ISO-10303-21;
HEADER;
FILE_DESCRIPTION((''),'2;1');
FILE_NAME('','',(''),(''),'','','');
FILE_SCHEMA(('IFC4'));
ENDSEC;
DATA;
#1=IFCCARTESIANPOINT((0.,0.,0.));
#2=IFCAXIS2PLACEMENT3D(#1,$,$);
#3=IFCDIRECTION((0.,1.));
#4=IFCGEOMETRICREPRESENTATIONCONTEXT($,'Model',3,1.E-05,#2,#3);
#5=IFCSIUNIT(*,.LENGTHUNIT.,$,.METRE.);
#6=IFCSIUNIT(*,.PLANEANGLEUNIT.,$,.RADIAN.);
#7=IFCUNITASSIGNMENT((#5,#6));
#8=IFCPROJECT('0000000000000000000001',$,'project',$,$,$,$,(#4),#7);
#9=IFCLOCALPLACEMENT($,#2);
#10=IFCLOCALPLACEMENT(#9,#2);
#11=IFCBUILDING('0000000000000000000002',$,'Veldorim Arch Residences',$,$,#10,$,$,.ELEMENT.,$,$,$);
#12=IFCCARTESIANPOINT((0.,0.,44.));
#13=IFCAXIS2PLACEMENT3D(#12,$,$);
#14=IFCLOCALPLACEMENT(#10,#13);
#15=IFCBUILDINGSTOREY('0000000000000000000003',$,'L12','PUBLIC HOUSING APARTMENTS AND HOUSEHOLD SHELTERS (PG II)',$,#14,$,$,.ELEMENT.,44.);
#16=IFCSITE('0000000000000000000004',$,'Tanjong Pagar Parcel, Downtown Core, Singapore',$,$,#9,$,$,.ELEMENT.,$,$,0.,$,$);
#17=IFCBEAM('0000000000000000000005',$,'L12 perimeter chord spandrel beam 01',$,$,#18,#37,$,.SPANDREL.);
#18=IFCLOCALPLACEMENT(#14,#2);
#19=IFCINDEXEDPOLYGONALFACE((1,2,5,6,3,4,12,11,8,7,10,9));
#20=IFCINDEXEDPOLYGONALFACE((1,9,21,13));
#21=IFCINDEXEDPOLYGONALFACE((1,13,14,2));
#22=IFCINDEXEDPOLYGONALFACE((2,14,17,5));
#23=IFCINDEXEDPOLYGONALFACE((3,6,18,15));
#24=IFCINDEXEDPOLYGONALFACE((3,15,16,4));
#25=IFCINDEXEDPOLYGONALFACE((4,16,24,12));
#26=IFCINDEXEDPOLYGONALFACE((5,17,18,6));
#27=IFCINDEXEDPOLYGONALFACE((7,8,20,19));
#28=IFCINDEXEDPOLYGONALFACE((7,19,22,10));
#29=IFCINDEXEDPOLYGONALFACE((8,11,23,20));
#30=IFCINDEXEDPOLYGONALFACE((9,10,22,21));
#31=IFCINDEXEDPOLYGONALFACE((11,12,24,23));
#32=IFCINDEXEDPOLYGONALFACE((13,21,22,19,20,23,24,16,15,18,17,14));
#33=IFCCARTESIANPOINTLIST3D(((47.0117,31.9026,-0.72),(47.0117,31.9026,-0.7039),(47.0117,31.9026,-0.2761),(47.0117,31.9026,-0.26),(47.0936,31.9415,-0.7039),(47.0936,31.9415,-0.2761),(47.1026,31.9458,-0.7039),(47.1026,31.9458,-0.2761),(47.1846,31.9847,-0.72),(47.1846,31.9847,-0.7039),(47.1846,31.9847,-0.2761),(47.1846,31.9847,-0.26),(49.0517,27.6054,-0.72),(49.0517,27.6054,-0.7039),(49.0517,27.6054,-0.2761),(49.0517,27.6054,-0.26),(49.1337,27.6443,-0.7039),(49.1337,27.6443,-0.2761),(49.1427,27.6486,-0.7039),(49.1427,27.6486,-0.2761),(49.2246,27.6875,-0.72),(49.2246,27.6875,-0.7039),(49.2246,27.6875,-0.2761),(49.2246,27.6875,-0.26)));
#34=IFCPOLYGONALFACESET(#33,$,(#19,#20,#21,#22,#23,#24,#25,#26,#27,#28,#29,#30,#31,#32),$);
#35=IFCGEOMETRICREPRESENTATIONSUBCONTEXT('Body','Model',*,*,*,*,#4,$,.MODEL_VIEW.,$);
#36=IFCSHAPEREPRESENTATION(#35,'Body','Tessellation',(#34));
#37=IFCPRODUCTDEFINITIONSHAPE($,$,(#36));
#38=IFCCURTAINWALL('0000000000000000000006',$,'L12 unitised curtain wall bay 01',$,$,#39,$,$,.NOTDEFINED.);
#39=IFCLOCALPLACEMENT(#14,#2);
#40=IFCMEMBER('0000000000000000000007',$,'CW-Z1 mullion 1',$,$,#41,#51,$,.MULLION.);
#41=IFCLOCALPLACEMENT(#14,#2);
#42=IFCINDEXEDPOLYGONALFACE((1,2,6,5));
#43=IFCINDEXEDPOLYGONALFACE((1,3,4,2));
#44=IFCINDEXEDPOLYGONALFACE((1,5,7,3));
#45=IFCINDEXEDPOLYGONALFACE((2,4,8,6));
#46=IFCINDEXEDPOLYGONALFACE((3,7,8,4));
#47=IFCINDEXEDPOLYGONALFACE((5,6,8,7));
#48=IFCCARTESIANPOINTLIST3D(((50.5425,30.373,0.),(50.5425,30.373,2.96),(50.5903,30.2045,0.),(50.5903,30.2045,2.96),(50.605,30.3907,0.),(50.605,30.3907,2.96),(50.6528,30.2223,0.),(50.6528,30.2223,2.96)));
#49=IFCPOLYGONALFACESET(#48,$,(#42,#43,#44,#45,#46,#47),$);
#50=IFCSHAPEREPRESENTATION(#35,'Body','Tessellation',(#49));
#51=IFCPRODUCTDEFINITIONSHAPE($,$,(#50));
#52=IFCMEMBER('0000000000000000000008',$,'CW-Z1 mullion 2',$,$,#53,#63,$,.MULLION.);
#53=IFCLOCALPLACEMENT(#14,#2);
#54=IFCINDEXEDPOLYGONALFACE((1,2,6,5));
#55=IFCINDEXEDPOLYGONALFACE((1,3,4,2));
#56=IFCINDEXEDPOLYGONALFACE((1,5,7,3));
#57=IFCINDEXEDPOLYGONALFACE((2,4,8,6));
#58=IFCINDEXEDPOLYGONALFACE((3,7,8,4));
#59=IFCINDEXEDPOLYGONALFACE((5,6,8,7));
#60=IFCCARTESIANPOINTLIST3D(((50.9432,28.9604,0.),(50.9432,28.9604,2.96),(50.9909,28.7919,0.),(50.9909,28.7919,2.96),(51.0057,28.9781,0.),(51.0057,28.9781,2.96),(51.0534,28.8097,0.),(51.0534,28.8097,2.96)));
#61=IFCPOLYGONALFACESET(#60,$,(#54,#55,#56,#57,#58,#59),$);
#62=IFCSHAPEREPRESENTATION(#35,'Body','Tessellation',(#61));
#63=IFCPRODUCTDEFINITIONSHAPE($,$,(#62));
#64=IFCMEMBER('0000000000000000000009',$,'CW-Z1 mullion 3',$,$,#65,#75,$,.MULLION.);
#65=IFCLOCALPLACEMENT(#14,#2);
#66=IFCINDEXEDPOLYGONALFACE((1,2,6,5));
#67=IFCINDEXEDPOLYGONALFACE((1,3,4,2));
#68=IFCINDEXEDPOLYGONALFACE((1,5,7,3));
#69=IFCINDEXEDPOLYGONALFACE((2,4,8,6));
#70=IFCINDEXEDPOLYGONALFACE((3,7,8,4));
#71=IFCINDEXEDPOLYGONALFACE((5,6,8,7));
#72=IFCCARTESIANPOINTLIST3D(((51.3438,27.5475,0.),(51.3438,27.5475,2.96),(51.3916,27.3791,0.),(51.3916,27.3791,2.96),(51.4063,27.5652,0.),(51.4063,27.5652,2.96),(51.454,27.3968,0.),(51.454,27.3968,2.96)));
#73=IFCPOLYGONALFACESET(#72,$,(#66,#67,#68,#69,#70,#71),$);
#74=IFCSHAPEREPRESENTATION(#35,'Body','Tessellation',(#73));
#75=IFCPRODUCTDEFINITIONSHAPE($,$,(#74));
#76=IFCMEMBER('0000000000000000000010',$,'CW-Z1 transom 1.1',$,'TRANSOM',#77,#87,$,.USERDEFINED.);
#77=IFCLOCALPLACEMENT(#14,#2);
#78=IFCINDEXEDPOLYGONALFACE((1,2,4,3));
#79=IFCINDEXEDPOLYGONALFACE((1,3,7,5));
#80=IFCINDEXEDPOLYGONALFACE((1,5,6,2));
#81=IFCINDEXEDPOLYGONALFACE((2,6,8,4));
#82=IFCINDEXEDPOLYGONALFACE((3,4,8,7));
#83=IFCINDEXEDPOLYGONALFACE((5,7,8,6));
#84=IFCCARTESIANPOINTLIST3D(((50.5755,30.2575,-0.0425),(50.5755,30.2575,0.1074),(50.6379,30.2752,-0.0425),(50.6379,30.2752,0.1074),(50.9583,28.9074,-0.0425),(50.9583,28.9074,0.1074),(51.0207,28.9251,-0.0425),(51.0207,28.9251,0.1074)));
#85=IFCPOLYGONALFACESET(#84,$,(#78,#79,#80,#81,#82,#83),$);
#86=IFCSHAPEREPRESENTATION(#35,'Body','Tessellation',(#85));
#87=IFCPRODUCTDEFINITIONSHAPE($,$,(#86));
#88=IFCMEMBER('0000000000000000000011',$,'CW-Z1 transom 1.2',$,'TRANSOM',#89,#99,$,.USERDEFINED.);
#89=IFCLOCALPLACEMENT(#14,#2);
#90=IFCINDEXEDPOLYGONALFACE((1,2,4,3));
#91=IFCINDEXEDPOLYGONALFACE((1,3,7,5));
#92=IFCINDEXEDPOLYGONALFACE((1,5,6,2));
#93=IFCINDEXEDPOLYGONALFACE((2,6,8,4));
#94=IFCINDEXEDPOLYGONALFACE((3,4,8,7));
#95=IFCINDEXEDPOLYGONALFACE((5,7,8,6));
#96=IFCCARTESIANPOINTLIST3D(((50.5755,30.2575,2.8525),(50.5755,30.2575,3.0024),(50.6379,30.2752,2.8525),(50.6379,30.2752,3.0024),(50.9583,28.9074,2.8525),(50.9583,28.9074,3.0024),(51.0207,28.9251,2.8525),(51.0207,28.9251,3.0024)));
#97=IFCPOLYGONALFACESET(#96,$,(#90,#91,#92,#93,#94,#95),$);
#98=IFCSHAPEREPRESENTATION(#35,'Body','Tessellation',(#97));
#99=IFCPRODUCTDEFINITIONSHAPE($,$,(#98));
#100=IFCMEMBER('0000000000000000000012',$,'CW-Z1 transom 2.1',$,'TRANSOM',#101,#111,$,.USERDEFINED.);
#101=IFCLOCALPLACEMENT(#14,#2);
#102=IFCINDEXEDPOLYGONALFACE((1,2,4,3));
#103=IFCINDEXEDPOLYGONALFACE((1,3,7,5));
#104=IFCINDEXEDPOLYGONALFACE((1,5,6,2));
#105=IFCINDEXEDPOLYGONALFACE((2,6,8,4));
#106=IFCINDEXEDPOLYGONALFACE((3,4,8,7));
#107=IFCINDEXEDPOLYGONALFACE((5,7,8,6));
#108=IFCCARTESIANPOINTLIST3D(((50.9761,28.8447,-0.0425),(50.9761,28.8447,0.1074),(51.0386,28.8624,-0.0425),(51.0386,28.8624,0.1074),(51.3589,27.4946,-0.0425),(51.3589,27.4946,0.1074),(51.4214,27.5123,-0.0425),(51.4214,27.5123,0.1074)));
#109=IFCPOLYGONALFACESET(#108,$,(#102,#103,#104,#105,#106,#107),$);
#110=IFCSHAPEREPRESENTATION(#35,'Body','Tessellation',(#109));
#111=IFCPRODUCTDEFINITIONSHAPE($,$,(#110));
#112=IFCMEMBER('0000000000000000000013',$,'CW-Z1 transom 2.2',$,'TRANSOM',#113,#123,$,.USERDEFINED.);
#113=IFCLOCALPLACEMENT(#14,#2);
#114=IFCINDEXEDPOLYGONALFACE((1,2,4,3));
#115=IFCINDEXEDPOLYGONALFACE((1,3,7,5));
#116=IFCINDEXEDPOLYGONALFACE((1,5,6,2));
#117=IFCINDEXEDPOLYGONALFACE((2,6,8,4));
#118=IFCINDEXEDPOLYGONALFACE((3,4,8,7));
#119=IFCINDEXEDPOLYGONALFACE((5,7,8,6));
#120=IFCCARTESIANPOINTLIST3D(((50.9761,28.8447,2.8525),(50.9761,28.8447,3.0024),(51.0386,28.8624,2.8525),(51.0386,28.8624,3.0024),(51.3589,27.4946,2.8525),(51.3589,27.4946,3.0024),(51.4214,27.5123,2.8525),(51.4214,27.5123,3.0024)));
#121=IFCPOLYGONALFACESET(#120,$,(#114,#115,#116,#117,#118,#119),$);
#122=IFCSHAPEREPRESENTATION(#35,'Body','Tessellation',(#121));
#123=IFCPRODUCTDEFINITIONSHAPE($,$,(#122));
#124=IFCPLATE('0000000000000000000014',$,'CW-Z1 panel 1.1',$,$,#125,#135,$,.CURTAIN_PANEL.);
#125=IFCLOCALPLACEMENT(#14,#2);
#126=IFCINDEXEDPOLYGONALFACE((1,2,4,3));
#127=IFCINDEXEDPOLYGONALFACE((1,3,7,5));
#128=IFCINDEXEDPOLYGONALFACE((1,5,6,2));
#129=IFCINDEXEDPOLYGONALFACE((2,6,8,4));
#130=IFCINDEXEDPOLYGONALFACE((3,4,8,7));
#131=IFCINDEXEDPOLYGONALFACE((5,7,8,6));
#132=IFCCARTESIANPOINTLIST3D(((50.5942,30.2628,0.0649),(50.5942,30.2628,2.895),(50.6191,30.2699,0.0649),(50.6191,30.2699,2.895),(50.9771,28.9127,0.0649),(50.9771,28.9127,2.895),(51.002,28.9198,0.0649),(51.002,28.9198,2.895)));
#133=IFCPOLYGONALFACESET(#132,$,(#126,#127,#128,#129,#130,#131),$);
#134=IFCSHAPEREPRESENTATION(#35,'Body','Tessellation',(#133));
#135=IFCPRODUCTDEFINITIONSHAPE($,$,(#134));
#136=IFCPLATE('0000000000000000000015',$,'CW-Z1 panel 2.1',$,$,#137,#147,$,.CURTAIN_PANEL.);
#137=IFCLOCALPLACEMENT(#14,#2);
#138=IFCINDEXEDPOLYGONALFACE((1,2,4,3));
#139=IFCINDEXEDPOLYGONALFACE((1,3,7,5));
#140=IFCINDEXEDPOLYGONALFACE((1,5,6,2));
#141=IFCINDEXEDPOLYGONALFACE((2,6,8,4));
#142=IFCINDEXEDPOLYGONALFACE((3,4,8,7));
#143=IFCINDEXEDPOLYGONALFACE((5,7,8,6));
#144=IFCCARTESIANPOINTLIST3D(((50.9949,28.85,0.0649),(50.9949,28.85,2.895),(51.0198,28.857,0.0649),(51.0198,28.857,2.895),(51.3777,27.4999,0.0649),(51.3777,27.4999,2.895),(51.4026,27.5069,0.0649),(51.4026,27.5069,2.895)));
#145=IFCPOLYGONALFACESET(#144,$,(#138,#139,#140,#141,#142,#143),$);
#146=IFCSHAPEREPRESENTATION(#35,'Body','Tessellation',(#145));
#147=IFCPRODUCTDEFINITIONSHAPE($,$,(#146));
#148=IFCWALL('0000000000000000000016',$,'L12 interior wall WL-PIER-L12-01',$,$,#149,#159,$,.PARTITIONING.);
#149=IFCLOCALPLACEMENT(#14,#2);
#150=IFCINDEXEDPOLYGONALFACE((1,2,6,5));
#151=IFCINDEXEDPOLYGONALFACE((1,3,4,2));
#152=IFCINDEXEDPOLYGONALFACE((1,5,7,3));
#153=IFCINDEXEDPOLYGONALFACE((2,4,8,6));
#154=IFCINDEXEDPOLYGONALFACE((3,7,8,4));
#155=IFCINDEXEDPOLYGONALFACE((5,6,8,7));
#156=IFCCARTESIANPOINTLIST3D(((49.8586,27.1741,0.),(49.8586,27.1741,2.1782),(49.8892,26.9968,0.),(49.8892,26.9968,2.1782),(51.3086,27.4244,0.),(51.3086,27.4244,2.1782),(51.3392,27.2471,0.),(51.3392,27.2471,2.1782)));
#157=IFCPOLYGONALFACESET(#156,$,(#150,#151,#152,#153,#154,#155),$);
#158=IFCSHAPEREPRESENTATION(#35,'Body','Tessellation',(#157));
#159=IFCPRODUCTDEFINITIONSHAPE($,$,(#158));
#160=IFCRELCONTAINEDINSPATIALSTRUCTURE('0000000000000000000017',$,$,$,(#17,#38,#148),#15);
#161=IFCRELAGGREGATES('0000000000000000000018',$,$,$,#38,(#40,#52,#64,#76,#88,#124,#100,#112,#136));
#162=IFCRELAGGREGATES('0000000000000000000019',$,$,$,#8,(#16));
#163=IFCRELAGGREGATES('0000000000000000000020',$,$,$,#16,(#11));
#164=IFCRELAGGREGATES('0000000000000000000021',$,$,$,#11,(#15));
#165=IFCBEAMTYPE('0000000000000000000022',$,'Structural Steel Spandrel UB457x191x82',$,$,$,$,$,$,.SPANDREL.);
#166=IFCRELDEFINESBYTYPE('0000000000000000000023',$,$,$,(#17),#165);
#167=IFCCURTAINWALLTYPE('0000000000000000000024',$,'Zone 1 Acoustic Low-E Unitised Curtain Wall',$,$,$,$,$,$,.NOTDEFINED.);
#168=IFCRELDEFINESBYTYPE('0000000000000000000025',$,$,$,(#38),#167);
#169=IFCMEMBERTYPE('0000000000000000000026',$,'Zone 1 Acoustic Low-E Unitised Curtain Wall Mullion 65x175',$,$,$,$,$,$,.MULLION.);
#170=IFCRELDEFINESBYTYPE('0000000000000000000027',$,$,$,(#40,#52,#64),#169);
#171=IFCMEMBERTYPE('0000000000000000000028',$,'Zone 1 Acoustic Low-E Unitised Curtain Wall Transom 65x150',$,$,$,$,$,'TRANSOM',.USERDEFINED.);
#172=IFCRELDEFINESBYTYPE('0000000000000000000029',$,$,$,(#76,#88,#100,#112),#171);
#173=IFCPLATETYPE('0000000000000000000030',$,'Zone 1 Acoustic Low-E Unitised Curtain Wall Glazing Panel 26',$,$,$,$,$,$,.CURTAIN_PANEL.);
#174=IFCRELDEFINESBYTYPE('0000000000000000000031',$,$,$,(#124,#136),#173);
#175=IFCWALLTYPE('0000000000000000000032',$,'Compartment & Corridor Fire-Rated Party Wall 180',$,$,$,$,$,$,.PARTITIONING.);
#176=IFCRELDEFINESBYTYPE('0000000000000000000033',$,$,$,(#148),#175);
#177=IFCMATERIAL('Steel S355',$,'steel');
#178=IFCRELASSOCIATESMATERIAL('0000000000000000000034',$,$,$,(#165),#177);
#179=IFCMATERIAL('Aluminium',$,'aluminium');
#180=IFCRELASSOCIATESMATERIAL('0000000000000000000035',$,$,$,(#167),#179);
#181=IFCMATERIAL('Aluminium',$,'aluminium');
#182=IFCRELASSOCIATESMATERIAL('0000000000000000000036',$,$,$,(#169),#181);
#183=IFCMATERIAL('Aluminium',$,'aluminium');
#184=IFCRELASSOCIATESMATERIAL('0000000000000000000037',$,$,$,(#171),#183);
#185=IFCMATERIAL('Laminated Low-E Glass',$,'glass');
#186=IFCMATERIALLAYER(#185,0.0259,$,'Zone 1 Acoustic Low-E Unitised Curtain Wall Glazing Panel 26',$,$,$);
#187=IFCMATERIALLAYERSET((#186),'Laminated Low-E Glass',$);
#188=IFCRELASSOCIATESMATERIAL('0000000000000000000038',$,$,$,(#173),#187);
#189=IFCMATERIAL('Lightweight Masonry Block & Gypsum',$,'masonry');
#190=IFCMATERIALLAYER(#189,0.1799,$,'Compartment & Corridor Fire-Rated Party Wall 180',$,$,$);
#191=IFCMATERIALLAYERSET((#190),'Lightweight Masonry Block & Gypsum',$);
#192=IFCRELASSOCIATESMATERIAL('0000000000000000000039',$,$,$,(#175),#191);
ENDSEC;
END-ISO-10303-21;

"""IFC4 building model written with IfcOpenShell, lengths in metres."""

from ifc_helpers import new_model, si_unit, direction, frame, frame_2d, origin, origin_2d, place, context, subcontext, project, spatial, rectangle, i_section, extrude, material, layer, layer_set, material_profile, profile_set, type_object, element, aggregate, save


model = new_model("IFC4")

# Units and contexts
model_context = context("Model", 3, precision=1e-05, world=origin(), true_north=direction((0.0, 1.0)))
body_context = subcontext(model_context, "Body", "Model", "MODEL_VIEW")
ifc_project = project(units=[si_unit("LENGTHUNIT", "METRE"), si_unit("PLANEANGLEUNIT", "RADIAN")], contexts=[model_context])

# Site, building, storey
site_placement = place(None, origin())
site = spatial("IfcSite", under=ifc_project, at=site_placement, Name="Tanjong Pagar Parcel, Downtown Core, Singapore", CompositionType="ELEMENT", RefElevation=0.0)
building_placement = place(site_placement, origin())
building = spatial("IfcBuilding", under=site, at=building_placement, Name="Veldorim Arch Residences", CompositionType="ELEMENT")
storey_placement = place(building_placement, frame((0.0, 0.0, 44.0)))
storey = spatial("IfcBuildingStorey", under=building, at=storey_placement, Name="L12", Description="PUBLIC HOUSING APARTMENTS AND HOUSEHOLD SHELTERS (PG II)", CompositionType="ELEMENT", Elevation=44.0)

# Beam
ifc_material_1 = material(Name="Steel S355", Category="steel")
ifc_material_profile_1 = material_profile(ifc_material_1, i_section(OverallWidth=0.1914, OverallDepth=0.46, WebThickness=0.01, FlangeThickness=0.0161, at=origin_2d()), Name="UB457x191x82")
ifc_profile_set_1 = profile_set([ifc_material_profile_1], Name="Steel S355")
beam_type_1 = type_object("IfcBeamType", Name="Structural Steel Spandrel UB457x191x82", PredefinedType="SPANDREL", material=ifc_profile_set_1)
beam_1_placement = place(storey_placement, frame((49.1382, 27.6465, -0.49), z_axis=(-0.428869, 0.903366, 0.0), x_axis=(-0.903366, -0.428869, 0.0)))
element("IfcBeam", 1, at=beam_1_placement, inside=storey, type_object=beam_type_1, Name="L12 perimeter chord spandrel beam 01", PredefinedType="SPANDREL", context=body_context, shape_type="SweptSolid", body=[
    extrude(i_section(OverallWidth=0.1914, OverallDepth=0.46, WebThickness=0.01, FlangeThickness=0.0161, at=origin_2d()), origin(), (0.0, 0.0, 1.0), 4.7568),
])

# Curtain wall, members, plates
ifc_material_2 = material(Name="Aluminium", Category="aluminium")
curtain_wall_type = type_object("IfcCurtainWallType", Name="Zone 1 Acoustic Low-E Unitised Curtain Wall", PredefinedType="NOTDEFINED", material=ifc_material_2)
curtain_wall_placement = place(storey_placement, origin())
curtain_wall = element("IfcCurtainWall", 2, at=curtain_wall_placement, inside=storey, type_object=curtain_wall_type, Name="L12 unitised curtain wall bay 01", PredefinedType="NOTDEFINED")
ifc_material_3 = material(Name="Aluminium", Category="aluminium")
ifc_material_profile_2 = material_profile(ifc_material_3, rectangle(XDim=0.0649, YDim=0.175, at=origin_2d()), Name="ALU_MUL_65x175")
ifc_profile_set_2 = profile_set([ifc_material_profile_2], Name="Aluminium")
member_type_1 = type_object("IfcMemberType", Name="Zone 1 Acoustic Low-E Unitised Curtain Wall Mullion 65x175", PredefinedType="MULLION", material=ifc_profile_set_2)
member_1_placement = place(storey_placement, frame((50.5977, 30.2976, 0.0), z_axis=(0.0, 0.0, 1.0), x_axis=(0.962071, 0.272798, 0.0)))
member_1 = element("IfcMember", 3, at=member_1_placement, type_object=member_type_1, Name="CW-Z1 mullion 1", PredefinedType="MULLION", context=body_context, shape_type="SweptSolid", body=[
    extrude(rectangle(XDim=0.0649, YDim=0.175, at=origin_2d()), origin(), (0.0, 0.0, 1.0), 2.96),
])
member_2_placement = place(storey_placement, frame((50.9983, 28.885, 0.0), z_axis=(0.0, 0.0, 1.0), x_axis=(0.962071, 0.272798, 0.0)))
member_2 = element("IfcMember", 4, at=member_2_placement, type_object=member_type_1, Name="CW-Z1 mullion 2", PredefinedType="MULLION", context=body_context, shape_type="SweptSolid", body=[
    extrude(rectangle(XDim=0.0649, YDim=0.175, at=origin_2d()), origin(), (0.0, 0.0, 1.0), 2.96),
])
member_3_placement = place(storey_placement, frame((51.3989, 27.4722, 0.0), z_axis=(0.0, 0.0, 1.0), x_axis=(0.962071, 0.272798, 0.0)))
member_3 = element("IfcMember", 5, at=member_3_placement, type_object=member_type_1, Name="CW-Z1 mullion 3", PredefinedType="MULLION", context=body_context, shape_type="SweptSolid", body=[
    extrude(rectangle(XDim=0.0649, YDim=0.175, at=origin_2d()), origin(), (0.0, 0.0, 1.0), 2.96),
])
ifc_material_4 = material(Name="Aluminium", Category="aluminium")
ifc_material_profile_3 = material_profile(ifc_material_4, rectangle(XDim=0.0649, YDim=0.1499, at=origin_2d()), Name="ALU_TRN_65x150")
ifc_profile_set_3 = profile_set([ifc_material_profile_3], Name="Aluminium")
member_type_2 = type_object("IfcMemberType", Name="Zone 1 Acoustic Low-E Unitised Curtain Wall Transom 65x150", ElementType="TRANSOM", PredefinedType="USERDEFINED", material=ifc_profile_set_3)
member_4_placement = place(storey_placement, frame((50.6067, 30.2664, 0.0325), z_axis=(0.27279, -0.962073, 0.0), x_axis=(0.962073, 0.27279, 0.0)))
member_4 = element("IfcMember", 6, at=member_4_placement, type_object=member_type_2, Name="CW-Z1 transom 1.1", ObjectType="TRANSOM", PredefinedType="USERDEFINED", context=body_context, shape_type="SweptSolid", body=[
    extrude(rectangle(XDim=0.0649, YDim=0.1499, at=origin_2d()), origin(), (0.0, 0.0, 1.0), 1.4033),
])
member_5_placement = place(storey_placement, frame((50.6067, 30.2664, 2.9275), z_axis=(0.27279, -0.962073, 0.0), x_axis=(0.962073, 0.27279, 0.0)))
member_5 = element("IfcMember", 7, at=member_5_placement, type_object=member_type_2, Name="CW-Z1 transom 1.2", ObjectType="TRANSOM", PredefinedType="USERDEFINED", context=body_context, shape_type="SweptSolid", body=[
    extrude(rectangle(XDim=0.0649, YDim=0.1499, at=origin_2d()), origin(), (0.0, 0.0, 1.0), 1.4033),
])
member_6_placement = place(storey_placement, frame((51.0073, 28.8535, 0.0325), z_axis=(0.27279, -0.962073, 0.0), x_axis=(0.962073, 0.27279, 0.0)))
member_6 = element("IfcMember", 8, at=member_6_placement, type_object=member_type_2, Name="CW-Z1 transom 2.1", ObjectType="TRANSOM", PredefinedType="USERDEFINED", context=body_context, shape_type="SweptSolid", body=[
    extrude(rectangle(XDim=0.0649, YDim=0.1499, at=origin_2d()), origin(), (0.0, 0.0, 1.0), 1.4033),
])
member_7_placement = place(storey_placement, frame((51.0073, 28.8535, 2.9275), z_axis=(0.27279, -0.962073, 0.0), x_axis=(0.962073, 0.27279, 0.0)))
member_7 = element("IfcMember", 9, at=member_7_placement, type_object=member_type_2, Name="CW-Z1 transom 2.2", ObjectType="TRANSOM", PredefinedType="USERDEFINED", context=body_context, shape_type="SweptSolid", body=[
    extrude(rectangle(XDim=0.0649, YDim=0.1499, at=origin_2d()), origin(), (0.0, 0.0, 1.0), 1.4033),
])
ifc_material_5 = material(Name="Laminated Low-E Glass", Category="glass")
ifc_layer_1 = layer(ifc_material_5, 0.0259, Name="Zone 1 Acoustic Low-E Unitised Curtain Wall Glazing Panel 26")
ifc_layer_set_1 = layer_set([ifc_layer_1], Name="Laminated Low-E Glass")
plate_type = type_object("IfcPlateType", Name="Zone 1 Acoustic Low-E Unitised Curtain Wall Glazing Panel 26", PredefinedType="CURTAIN_PANEL", material=ifc_layer_set_1)
plate_1_placement = place(storey_placement, frame((50.7981, 29.5913, 0.0649), z_axis=(0.0, 0.0, 1.0), x_axis=(0.272798, -0.962071, 0.0)))
plate_1 = element("IfcPlate", 10, at=plate_1_placement, type_object=plate_type, Name="CW-Z1 panel 1.1", PredefinedType="CURTAIN_PANEL", context=body_context, shape_type="SweptSolid", body=[
    extrude(rectangle(XDim=1.4033, YDim=0.0259, at=origin_2d()), origin(), (0.0, 0.0, 1.0), 2.8301),
])
plate_2_placement = place(storey_placement, frame((51.1987, 28.1785, 0.0649), z_axis=(0.0, 0.0, 1.0), x_axis=(0.272798, -0.962071, 0.0)))
plate_2 = element("IfcPlate", 11, at=plate_2_placement, type_object=plate_type, Name="CW-Z1 panel 2.1", PredefinedType="CURTAIN_PANEL", context=body_context, shape_type="SweptSolid", body=[
    extrude(rectangle(XDim=1.4033, YDim=0.0259, at=origin_2d()), origin(), (0.0, 0.0, 1.0), 2.8301),
])
aggregate(curtain_wall, [member_1, member_2, member_3, member_4, member_5, plate_1, member_6, member_7, plate_2])

# Wall
ifc_material_6 = material(Name="Lightweight Masonry Block & Gypsum", Category="masonry")
ifc_layer_2 = layer(ifc_material_6, 0.1799, Name="Compartment & Corridor Fire-Rated Party Wall 180")
ifc_layer_set_2 = layer_set([ifc_layer_2], Name="Lightweight Masonry Block & Gypsum")
wall_type_1 = type_object("IfcWallType", Name="Compartment & Corridor Fire-Rated Party Wall 180", PredefinedType="PARTITIONING", material=ifc_layer_set_2)
wall_1_placement = place(storey_placement, frame((49.8738, 27.0854, 0.0), z_axis=(0.0, 0.0, 1.0), x_axis=(0.985431, 0.170074, 0.0)))
element("IfcWall", 12, at=wall_1_placement, inside=storey, type_object=wall_type_1, Name="L12 interior wall WL-PIER-L12-01", PredefinedType="PARTITIONING", context=body_context, shape_type="SweptSolid", body=[
    extrude(rectangle(XDim=1.4714, YDim=0.1799, at=frame_2d((0.7358, 0.0))), origin(), (0.0, 0.0, 1.0), 2.1782),
])

save(model, "model.ifc")
